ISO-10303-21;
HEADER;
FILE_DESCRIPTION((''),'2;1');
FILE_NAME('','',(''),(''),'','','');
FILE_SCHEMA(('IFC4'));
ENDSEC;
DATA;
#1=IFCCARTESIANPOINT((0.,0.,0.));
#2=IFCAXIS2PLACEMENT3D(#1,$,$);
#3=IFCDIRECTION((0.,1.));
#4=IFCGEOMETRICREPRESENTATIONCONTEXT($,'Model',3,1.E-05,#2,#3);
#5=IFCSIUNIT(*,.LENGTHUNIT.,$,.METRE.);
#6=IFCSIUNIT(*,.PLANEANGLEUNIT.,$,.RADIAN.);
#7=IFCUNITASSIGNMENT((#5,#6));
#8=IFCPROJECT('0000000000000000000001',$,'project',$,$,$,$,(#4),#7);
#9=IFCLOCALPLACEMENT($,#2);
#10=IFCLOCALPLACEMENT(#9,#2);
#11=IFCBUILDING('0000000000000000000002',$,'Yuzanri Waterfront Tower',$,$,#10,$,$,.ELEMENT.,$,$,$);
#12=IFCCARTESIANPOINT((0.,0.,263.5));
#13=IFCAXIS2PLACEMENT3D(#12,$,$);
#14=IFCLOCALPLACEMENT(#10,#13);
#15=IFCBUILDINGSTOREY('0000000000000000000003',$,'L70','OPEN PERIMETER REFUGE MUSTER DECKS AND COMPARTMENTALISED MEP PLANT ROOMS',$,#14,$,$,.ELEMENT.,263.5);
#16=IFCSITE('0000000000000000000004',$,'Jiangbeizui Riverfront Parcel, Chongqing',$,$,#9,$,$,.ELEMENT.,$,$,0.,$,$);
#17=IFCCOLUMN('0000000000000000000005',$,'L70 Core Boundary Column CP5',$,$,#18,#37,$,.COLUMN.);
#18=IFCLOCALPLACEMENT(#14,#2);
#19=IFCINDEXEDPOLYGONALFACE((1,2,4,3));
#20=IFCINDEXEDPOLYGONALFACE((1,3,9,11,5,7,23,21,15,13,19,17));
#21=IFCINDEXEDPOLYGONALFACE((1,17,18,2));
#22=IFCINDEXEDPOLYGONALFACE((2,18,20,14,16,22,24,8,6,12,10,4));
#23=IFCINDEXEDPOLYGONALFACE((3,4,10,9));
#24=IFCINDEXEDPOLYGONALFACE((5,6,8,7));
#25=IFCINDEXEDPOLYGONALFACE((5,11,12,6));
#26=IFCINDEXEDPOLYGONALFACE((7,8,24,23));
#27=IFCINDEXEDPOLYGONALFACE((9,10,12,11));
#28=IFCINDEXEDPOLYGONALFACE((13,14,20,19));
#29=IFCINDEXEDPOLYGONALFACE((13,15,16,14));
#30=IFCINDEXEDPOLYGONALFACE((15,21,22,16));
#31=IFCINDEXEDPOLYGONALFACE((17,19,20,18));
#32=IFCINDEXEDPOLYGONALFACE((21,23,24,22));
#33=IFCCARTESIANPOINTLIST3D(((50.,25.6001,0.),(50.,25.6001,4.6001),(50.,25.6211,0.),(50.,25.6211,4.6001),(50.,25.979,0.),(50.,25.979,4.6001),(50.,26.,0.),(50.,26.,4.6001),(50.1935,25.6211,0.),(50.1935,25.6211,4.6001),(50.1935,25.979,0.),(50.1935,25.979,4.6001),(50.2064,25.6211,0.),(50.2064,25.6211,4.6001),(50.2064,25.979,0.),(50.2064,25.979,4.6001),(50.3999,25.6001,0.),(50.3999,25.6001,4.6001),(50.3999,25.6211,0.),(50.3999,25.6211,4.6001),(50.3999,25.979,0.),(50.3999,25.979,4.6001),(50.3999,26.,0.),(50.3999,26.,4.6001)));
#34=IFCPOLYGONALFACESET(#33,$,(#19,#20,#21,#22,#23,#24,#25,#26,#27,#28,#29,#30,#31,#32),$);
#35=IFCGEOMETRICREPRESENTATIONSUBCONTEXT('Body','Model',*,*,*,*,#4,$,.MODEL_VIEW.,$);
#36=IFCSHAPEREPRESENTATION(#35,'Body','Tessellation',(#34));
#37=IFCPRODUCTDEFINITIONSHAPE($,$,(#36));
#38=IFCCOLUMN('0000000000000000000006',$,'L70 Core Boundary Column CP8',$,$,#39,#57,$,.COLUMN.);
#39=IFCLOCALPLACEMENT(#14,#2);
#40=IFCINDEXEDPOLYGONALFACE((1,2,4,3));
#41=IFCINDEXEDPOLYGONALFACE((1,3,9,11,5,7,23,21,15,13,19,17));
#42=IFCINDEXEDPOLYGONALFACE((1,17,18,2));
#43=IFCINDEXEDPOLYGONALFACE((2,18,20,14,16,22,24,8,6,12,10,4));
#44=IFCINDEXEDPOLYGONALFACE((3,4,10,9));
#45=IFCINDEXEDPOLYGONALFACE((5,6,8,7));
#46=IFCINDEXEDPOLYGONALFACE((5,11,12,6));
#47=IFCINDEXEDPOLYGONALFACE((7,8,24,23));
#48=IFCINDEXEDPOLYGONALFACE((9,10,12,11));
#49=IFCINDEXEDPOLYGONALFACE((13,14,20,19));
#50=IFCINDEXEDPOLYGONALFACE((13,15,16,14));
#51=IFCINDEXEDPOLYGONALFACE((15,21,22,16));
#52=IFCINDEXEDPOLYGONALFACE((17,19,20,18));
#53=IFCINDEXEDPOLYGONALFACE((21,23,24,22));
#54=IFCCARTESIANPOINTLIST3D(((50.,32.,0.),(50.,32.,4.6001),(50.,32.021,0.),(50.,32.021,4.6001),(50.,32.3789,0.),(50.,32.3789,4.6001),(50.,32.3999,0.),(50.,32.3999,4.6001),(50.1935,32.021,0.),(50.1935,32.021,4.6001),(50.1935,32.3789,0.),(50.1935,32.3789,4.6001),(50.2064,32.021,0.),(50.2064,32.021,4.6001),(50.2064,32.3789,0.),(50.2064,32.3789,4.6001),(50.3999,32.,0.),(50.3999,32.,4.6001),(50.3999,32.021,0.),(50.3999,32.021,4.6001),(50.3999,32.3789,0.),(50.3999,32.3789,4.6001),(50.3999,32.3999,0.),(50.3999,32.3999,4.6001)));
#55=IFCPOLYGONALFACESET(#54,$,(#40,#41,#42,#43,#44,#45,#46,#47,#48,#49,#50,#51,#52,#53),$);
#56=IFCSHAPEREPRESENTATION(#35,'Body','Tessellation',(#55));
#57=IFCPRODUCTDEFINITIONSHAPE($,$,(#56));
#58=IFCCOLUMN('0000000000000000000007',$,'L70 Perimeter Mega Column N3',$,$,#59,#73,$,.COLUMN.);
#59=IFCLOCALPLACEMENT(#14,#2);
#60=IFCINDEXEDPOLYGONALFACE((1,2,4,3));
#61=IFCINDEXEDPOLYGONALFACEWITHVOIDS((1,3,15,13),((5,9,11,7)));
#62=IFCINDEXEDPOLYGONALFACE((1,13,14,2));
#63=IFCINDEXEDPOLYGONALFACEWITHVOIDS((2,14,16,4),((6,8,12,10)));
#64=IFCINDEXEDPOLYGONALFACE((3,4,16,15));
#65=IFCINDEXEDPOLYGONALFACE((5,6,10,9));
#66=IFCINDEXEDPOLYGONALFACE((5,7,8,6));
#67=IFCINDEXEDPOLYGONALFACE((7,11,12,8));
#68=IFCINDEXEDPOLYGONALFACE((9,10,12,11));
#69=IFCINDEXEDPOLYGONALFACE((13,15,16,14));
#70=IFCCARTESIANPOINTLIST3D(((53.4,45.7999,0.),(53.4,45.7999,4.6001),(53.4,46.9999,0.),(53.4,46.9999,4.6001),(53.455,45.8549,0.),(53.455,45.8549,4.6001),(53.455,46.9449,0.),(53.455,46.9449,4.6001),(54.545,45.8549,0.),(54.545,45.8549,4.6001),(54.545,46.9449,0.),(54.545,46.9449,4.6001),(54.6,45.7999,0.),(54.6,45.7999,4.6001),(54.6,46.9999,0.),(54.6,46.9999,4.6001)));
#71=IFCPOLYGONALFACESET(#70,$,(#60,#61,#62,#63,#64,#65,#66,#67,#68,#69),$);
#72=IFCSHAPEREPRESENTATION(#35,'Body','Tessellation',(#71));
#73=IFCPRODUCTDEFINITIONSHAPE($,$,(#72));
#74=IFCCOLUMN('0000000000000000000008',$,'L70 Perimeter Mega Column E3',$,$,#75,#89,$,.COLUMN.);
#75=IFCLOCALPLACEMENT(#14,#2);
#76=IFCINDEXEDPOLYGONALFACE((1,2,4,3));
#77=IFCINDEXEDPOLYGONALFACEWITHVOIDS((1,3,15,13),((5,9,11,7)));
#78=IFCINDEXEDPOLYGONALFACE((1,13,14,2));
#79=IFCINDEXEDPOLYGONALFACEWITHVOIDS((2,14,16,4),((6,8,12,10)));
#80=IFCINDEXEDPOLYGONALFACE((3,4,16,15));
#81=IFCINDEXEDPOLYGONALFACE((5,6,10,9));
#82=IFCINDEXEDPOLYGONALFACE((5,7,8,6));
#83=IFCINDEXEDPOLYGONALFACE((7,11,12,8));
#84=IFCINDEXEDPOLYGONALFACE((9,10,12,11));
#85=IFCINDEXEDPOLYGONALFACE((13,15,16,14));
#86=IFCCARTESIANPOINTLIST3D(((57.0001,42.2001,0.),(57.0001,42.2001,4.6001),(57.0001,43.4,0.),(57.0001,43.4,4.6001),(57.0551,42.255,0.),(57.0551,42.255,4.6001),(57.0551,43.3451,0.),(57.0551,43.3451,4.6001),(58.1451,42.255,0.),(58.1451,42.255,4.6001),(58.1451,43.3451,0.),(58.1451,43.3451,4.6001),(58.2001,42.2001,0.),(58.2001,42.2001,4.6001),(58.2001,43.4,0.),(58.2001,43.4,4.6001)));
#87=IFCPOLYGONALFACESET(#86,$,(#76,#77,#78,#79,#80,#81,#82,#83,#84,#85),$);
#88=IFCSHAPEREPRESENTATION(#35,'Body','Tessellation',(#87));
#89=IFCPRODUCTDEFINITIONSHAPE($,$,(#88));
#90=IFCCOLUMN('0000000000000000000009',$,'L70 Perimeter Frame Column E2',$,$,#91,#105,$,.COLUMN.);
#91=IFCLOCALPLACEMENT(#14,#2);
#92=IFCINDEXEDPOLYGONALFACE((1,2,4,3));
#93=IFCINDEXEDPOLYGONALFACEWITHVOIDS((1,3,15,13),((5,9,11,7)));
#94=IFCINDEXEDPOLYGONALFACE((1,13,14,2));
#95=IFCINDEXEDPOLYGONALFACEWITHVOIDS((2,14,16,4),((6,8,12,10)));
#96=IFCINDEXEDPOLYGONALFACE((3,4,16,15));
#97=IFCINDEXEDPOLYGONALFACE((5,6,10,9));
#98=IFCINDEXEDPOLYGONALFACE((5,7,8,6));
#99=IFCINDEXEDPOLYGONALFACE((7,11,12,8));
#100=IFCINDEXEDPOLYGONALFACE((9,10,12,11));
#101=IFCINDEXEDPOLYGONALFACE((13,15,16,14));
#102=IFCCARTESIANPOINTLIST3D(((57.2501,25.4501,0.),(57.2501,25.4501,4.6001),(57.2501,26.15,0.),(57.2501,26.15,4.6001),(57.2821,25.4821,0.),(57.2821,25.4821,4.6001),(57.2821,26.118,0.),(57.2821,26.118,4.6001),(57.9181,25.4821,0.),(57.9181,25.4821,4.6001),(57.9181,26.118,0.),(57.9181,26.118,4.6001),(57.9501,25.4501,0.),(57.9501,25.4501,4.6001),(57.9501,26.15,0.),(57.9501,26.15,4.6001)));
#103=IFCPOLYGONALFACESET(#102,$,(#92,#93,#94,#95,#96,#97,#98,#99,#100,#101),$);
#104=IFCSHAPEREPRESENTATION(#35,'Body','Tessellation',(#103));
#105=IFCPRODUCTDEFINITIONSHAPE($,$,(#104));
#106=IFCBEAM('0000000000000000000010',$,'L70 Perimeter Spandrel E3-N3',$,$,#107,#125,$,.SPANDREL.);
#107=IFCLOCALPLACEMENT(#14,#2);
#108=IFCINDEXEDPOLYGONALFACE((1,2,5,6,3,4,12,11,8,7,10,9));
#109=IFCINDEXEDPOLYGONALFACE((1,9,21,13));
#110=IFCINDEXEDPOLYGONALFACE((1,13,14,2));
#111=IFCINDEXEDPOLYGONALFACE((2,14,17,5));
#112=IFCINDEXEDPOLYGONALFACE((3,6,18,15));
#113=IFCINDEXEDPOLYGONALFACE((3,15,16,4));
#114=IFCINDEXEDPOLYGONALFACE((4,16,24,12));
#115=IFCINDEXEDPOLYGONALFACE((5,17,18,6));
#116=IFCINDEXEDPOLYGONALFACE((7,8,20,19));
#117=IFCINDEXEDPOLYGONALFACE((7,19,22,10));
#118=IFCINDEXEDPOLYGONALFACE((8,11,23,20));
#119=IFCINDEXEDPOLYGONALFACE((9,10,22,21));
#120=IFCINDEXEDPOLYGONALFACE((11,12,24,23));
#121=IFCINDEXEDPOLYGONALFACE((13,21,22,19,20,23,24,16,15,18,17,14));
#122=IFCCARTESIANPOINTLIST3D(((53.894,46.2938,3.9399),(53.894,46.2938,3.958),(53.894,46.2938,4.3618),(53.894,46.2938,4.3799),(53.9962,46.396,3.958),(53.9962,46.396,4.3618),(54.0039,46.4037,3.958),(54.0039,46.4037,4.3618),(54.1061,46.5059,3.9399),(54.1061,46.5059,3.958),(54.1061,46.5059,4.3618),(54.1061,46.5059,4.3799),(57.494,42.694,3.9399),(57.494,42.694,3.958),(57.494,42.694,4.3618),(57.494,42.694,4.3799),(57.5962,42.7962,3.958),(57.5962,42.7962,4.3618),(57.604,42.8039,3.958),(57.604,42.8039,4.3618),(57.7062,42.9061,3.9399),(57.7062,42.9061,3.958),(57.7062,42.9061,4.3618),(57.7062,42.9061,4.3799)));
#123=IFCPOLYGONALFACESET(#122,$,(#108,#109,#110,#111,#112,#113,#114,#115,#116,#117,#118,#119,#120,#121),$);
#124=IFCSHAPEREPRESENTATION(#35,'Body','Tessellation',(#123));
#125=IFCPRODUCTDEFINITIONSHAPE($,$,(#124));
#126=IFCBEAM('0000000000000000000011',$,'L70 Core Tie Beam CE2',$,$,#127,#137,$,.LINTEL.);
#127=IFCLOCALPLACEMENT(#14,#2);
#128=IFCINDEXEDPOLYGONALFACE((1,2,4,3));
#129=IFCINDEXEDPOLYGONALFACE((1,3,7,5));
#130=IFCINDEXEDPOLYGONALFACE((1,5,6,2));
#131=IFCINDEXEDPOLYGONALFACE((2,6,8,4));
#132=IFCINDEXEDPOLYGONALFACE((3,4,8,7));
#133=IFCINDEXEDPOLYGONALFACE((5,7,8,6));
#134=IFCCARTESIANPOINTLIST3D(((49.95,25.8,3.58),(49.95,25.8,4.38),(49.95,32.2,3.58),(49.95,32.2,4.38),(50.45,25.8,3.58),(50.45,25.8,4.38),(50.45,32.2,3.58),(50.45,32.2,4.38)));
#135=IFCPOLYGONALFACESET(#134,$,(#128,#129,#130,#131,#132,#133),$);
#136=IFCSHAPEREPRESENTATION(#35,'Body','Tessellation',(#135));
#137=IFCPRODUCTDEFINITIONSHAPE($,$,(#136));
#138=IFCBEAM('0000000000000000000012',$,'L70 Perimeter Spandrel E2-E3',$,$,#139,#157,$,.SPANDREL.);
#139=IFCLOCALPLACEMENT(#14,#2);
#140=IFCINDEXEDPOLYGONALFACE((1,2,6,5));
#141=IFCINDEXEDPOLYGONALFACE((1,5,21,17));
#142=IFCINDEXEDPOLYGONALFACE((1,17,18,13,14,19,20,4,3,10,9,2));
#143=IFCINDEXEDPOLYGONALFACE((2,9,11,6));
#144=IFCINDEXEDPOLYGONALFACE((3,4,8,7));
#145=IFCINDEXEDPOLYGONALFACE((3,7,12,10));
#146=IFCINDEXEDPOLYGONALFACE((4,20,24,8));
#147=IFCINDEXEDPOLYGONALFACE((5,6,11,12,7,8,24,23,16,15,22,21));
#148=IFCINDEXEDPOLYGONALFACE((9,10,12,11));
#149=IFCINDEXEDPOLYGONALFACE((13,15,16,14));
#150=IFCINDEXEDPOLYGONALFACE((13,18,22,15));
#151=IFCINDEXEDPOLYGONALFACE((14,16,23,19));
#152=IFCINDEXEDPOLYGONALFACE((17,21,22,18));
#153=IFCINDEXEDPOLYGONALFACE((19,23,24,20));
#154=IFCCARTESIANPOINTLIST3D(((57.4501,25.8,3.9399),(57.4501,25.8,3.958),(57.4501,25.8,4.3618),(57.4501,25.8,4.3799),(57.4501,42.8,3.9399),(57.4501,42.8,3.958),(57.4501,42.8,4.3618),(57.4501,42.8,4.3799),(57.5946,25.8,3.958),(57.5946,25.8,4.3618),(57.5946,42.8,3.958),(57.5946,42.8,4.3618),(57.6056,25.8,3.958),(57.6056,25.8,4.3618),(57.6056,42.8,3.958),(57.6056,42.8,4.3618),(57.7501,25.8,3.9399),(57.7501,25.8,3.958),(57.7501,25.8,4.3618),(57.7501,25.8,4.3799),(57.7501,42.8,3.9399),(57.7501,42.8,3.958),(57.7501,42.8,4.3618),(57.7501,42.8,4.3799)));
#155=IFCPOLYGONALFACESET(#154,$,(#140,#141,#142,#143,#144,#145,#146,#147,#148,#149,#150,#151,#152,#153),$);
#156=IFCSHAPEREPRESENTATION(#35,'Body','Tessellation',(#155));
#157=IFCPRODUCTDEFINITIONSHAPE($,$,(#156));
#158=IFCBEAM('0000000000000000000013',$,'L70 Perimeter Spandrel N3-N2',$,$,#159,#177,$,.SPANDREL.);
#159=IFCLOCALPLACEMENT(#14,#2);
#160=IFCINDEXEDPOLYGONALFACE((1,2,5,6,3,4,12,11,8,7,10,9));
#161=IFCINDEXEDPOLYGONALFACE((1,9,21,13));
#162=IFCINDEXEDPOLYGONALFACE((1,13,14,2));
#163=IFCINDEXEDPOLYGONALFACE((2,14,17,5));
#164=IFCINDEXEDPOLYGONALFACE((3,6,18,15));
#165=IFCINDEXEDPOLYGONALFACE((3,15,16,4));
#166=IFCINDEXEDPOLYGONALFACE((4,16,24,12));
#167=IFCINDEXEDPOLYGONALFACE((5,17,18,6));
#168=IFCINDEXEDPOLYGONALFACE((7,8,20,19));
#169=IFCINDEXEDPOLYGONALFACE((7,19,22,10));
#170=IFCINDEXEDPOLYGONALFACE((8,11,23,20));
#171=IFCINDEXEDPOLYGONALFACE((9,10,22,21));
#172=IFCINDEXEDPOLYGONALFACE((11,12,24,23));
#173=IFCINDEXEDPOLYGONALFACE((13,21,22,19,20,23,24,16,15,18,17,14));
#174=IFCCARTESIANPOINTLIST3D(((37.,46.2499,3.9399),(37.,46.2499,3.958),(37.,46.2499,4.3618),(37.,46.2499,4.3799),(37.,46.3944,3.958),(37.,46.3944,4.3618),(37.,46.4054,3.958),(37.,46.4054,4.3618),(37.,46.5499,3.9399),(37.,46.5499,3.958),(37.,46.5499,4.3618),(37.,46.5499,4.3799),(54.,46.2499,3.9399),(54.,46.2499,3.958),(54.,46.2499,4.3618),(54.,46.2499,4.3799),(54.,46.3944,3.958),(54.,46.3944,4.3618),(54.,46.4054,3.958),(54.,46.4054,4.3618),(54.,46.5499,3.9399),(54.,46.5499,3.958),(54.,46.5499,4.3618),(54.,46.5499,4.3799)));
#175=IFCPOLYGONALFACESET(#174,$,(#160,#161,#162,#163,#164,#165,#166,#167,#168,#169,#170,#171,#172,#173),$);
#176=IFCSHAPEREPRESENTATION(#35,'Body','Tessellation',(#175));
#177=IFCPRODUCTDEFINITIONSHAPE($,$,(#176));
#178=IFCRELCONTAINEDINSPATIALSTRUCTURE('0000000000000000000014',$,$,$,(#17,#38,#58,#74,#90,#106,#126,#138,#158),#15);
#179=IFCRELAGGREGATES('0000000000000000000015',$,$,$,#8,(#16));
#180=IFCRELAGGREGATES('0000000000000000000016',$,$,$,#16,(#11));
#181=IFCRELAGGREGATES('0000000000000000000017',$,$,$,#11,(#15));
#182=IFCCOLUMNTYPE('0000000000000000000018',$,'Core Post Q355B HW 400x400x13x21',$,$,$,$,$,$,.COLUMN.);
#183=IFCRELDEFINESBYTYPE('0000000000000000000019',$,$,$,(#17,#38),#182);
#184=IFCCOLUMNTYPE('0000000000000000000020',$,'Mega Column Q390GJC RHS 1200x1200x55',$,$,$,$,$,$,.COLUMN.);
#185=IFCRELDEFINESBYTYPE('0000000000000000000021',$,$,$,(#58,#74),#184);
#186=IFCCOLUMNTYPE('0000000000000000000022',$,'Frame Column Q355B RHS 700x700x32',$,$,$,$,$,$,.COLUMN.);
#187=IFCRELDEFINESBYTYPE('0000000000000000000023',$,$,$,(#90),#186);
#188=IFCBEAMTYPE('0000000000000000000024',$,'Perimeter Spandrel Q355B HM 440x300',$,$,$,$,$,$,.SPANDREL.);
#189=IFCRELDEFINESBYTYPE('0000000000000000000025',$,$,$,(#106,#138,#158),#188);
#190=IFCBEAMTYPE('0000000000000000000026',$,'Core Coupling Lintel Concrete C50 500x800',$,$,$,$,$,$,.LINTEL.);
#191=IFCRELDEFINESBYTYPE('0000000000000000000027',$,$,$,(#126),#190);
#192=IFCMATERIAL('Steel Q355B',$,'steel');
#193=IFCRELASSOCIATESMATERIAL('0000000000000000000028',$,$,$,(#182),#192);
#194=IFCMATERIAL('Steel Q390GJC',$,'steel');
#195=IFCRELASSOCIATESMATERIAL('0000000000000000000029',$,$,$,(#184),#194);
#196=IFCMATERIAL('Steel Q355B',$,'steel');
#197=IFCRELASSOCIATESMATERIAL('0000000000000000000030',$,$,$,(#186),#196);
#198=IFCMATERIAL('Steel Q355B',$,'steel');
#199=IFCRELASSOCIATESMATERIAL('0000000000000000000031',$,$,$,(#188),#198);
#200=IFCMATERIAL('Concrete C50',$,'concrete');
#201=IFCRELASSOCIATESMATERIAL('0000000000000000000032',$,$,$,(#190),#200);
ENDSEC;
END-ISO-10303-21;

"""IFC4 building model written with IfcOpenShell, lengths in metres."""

from ifc_helpers import new_model, si_unit, direction, frame, origin, origin_2d, place, context, subcontext, project, spatial, rectangle, hollow_rectangle, i_section, extrude, source, transform, mapped, material, material_profile, profile_set, type_object, element, save


model = new_model("IFC4")

# Units and contexts
model_context = context("Model", 3, precision=1e-05, world=origin(), true_north=direction((0.0, 1.0)))
body_context = subcontext(model_context, "Body", "Model", "MODEL_VIEW")
ifc_project = project(units=[si_unit("LENGTHUNIT", "METRE"), si_unit("PLANEANGLEUNIT", "RADIAN")], contexts=[model_context])

# Site, building, storey
site_placement = place(None, origin())
site = spatial("IfcSite", under=ifc_project, at=site_placement, Name="Jiangbeizui Riverfront Parcel, Chongqing", CompositionType="ELEMENT", RefElevation=0.0)
building_placement = place(site_placement, origin())
building = spatial("IfcBuilding", under=site, at=building_placement, Name="Yuzanri Waterfront Tower", CompositionType="ELEMENT")
storey_placement = place(building_placement, frame((0.0, 0.0, 263.5)))
storey = spatial("IfcBuildingStorey", under=building, at=storey_placement, Name="L70", Description="OPEN PERIMETER REFUGE MUSTER DECKS AND COMPARTMENTALISED MEP PLANT ROOMS", CompositionType="ELEMENT", Elevation=263.5)

# Columns
ifc_material_1 = material(Name="Steel Q355B", Category="steel")
ifc_material_profile_1 = material_profile(ifc_material_1, i_section(OverallWidth=0.3999, OverallDepth=0.3999, WebThickness=0.0129, FlangeThickness=0.021, at=origin_2d()), Name="HW 400x400x13x21")
ifc_profile_set_1 = profile_set([ifc_material_profile_1], Name="Steel Q355B")
column_type_1 = type_object("IfcColumnType", Name="Core Post Q355B HW 400x400x13x21", PredefinedType="COLUMN", material=ifc_profile_set_1)
shared_shape_1 = source(origin(), body_context, "Body", "SweptSolid", [
    extrude(i_section(OverallWidth=0.3999, OverallDepth=0.3999, WebThickness=0.0129, FlangeThickness=0.021, at=origin_2d()), origin(), (0.0, 0.0, 1.0), 4.6001),
])
for number, where, z_axis, x_axis, name in (
    (1, (50.2, 25.8, 0.0), (0.0, 0.0, 1.0), (1.0, 0.0, 0.0), "L70 Core Boundary Column CP5"),
    (2, (50.2, 32.2, 0.0), (0.0, 0.0, 1.0), (1.0, 0.0, 0.0), "L70 Core Boundary Column CP8"),
):
    element("IfcColumn", number, at=place(storey_placement, frame(where, z_axis=z_axis, x_axis=x_axis)), inside=storey, type_object=column_type_1, Name=name, PredefinedType="COLUMN", context=body_context, shape_type="MappedRepresentation", body=[
        mapped(shared_shape_1, transform((0.0, 0.0, 0.0), scale=1.0)),
    ])
ifc_material_2 = material(Name="Steel Q390GJC", Category="steel")
ifc_material_profile_2 = material_profile(ifc_material_2, hollow_rectangle(XDim=1.2, YDim=1.2, WallThickness=0.0549, at=origin_2d()), Name="RHS 1200x1200x55")
ifc_profile_set_2 = profile_set([ifc_material_profile_2], Name="Steel Q390GJC")
column_type_2 = type_object("IfcColumnType", Name="Mega Column Q390GJC RHS 1200x1200x55", PredefinedType="COLUMN", material=ifc_profile_set_2)
shared_shape_2 = source(origin(), body_context, "Body", "SweptSolid", [
    extrude(hollow_rectangle(XDim=1.2, YDim=1.2, WallThickness=0.0549, at=origin_2d()), origin(), (0.0, 0.0, 1.0), 4.6001),
])
for number, where, z_axis, x_axis, name in (
    (3, (54.0, 46.3999, 0.0), (0.0, 0.0, 1.0), (1.0, 0.0, 0.0), "L70 Perimeter Mega Column N3"),
    (4, (57.6001, 42.8, 0.0), (0.0, 0.0, 1.0), (1.0, 0.0, 0.0), "L70 Perimeter Mega Column E3"),
):
    element("IfcColumn", number, at=place(storey_placement, frame(where, z_axis=z_axis, x_axis=x_axis)), inside=storey, type_object=column_type_2, Name=name, PredefinedType="COLUMN", context=body_context, shape_type="MappedRepresentation", body=[
        mapped(shared_shape_2, transform((0.0, 0.0, 0.0), scale=1.0)),
    ])
ifc_material_3 = material(Name="Steel Q355B", Category="steel")
ifc_material_profile_3 = material_profile(ifc_material_3, hollow_rectangle(XDim=0.7, YDim=0.7, WallThickness=0.032, at=origin_2d()), Name="RHS 700x700x32")
ifc_profile_set_3 = profile_set([ifc_material_profile_3], Name="Steel Q355B")
column_type_3 = type_object("IfcColumnType", Name="Frame Column Q355B RHS 700x700x32", PredefinedType="COLUMN", material=ifc_profile_set_3)
shared_shape_3 = source(origin(), body_context, "Body", "SweptSolid", [
    extrude(hollow_rectangle(XDim=0.7, YDim=0.7, WallThickness=0.032, at=origin_2d()), origin(), (0.0, 0.0, 1.0), 4.6001),
])
column_placement = place(storey_placement, frame((57.6001, 25.8, 0.0), z_axis=(0.0, 0.0, 1.0), x_axis=(1.0, 0.0, 0.0)))
element("IfcColumn", 5, at=column_placement, inside=storey, type_object=column_type_3, Name="L70 Perimeter Frame Column E2", PredefinedType="COLUMN", context=body_context, shape_type="MappedRepresentation", body=[
    mapped(shared_shape_3, transform((0.0, 0.0, 0.0), scale=1.0)),
])

# Beams
ifc_material_4 = material(Name="Steel Q355B", Category="steel")
ifc_material_profile_4 = material_profile(ifc_material_4, i_section(OverallWidth=0.3, OverallDepth=0.4399, WebThickness=0.011, FlangeThickness=0.0181, at=origin_2d()), Name="HM 440x300x11x18")
ifc_profile_set_4 = profile_set([ifc_material_profile_4], Name="Steel Q355B")
beam_type_1 = type_object("IfcBeamType", Name="Perimeter Spandrel Q355B HM 440x300", PredefinedType="SPANDREL", material=ifc_profile_set_4)
shared_shape_4 = source(origin(), body_context, "Body", "SweptSolid", [
    extrude(i_section(OverallWidth=0.3, OverallDepth=0.4399, WebThickness=0.011, FlangeThickness=0.0181, at=origin_2d()), origin(), (0.0, 0.0, 1.0), 5.0911),
])
beam_1_placement = place(storey_placement, frame((57.6001, 42.8, 4.1599), z_axis=(-0.707131, 0.707083, 0.0), x_axis=(-0.707083, -0.707131, 0.0)))
element("IfcBeam", 6, at=beam_1_placement, inside=storey, type_object=beam_type_1, Name="L70 Perimeter Spandrel E3-N3", PredefinedType="SPANDREL", context=body_context, shape_type="MappedRepresentation", body=[
    mapped(shared_shape_4, transform((0.0, 0.0, 0.0), scale=1.0)),
])
ifc_material_5 = material(Name="Concrete C50", Category="concrete")
ifc_material_profile_5 = material_profile(ifc_material_5, rectangle(XDim=0.5, YDim=0.8, at=origin_2d()), Name="RC 500x800")
ifc_profile_set_5 = profile_set([ifc_material_profile_5], Name="Concrete C50")
beam_type_2 = type_object("IfcBeamType", Name="Core Coupling Lintel Concrete C50 500x800", PredefinedType="LINTEL", material=ifc_profile_set_5)
shared_shape_5 = source(origin(), body_context, "Body", "SweptSolid", [
    extrude(rectangle(XDim=0.5, YDim=0.8, at=origin_2d()), origin(), (0.0, 0.0, 1.0), 6.3999),
])
beam_2_placement = place(storey_placement, frame((50.2, 25.8, 3.98), z_axis=(0.0, 1.0, 0.0), x_axis=(-1.0, 0.0, 0.0)))
element("IfcBeam", 7, at=beam_2_placement, inside=storey, type_object=beam_type_2, Name="L70 Core Tie Beam CE2", PredefinedType="LINTEL", context=body_context, shape_type="MappedRepresentation", body=[
    mapped(shared_shape_5, transform((0.0, 0.0, 0.0), scale=1.0)),
])
shared_shape_6 = source(origin(), body_context, "Body", "SweptSolid", [
    extrude(i_section(OverallWidth=0.3, OverallDepth=0.4399, WebThickness=0.011, FlangeThickness=0.0181, at=origin_2d()), origin(), (0.0, 0.0, 1.0), 17.0),
])
for number, where, z_axis, x_axis, name in (
    (8, (57.6001, 25.8, 4.1599), (0.0, 1.0, 0.0), (-1.0, 0.0, 0.0), "L70 Perimeter Spandrel E2-E3"),
    (9, (54.0, 46.3999, 4.1599), (-1.0, 0.0, 0.0), (0.0, -1.0, 0.0), "L70 Perimeter Spandrel N3-N2"),
):
    element("IfcBeam", number, at=place(storey_placement, frame(where, z_axis=z_axis, x_axis=x_axis)), inside=storey, type_object=beam_type_1, Name=name, PredefinedType="SPANDREL", context=body_context, shape_type="MappedRepresentation", body=[
        mapped(shared_shape_6, transform((0.0, 0.0, 0.0), scale=1.0)),
    ])

save(model, "model.ifc")
